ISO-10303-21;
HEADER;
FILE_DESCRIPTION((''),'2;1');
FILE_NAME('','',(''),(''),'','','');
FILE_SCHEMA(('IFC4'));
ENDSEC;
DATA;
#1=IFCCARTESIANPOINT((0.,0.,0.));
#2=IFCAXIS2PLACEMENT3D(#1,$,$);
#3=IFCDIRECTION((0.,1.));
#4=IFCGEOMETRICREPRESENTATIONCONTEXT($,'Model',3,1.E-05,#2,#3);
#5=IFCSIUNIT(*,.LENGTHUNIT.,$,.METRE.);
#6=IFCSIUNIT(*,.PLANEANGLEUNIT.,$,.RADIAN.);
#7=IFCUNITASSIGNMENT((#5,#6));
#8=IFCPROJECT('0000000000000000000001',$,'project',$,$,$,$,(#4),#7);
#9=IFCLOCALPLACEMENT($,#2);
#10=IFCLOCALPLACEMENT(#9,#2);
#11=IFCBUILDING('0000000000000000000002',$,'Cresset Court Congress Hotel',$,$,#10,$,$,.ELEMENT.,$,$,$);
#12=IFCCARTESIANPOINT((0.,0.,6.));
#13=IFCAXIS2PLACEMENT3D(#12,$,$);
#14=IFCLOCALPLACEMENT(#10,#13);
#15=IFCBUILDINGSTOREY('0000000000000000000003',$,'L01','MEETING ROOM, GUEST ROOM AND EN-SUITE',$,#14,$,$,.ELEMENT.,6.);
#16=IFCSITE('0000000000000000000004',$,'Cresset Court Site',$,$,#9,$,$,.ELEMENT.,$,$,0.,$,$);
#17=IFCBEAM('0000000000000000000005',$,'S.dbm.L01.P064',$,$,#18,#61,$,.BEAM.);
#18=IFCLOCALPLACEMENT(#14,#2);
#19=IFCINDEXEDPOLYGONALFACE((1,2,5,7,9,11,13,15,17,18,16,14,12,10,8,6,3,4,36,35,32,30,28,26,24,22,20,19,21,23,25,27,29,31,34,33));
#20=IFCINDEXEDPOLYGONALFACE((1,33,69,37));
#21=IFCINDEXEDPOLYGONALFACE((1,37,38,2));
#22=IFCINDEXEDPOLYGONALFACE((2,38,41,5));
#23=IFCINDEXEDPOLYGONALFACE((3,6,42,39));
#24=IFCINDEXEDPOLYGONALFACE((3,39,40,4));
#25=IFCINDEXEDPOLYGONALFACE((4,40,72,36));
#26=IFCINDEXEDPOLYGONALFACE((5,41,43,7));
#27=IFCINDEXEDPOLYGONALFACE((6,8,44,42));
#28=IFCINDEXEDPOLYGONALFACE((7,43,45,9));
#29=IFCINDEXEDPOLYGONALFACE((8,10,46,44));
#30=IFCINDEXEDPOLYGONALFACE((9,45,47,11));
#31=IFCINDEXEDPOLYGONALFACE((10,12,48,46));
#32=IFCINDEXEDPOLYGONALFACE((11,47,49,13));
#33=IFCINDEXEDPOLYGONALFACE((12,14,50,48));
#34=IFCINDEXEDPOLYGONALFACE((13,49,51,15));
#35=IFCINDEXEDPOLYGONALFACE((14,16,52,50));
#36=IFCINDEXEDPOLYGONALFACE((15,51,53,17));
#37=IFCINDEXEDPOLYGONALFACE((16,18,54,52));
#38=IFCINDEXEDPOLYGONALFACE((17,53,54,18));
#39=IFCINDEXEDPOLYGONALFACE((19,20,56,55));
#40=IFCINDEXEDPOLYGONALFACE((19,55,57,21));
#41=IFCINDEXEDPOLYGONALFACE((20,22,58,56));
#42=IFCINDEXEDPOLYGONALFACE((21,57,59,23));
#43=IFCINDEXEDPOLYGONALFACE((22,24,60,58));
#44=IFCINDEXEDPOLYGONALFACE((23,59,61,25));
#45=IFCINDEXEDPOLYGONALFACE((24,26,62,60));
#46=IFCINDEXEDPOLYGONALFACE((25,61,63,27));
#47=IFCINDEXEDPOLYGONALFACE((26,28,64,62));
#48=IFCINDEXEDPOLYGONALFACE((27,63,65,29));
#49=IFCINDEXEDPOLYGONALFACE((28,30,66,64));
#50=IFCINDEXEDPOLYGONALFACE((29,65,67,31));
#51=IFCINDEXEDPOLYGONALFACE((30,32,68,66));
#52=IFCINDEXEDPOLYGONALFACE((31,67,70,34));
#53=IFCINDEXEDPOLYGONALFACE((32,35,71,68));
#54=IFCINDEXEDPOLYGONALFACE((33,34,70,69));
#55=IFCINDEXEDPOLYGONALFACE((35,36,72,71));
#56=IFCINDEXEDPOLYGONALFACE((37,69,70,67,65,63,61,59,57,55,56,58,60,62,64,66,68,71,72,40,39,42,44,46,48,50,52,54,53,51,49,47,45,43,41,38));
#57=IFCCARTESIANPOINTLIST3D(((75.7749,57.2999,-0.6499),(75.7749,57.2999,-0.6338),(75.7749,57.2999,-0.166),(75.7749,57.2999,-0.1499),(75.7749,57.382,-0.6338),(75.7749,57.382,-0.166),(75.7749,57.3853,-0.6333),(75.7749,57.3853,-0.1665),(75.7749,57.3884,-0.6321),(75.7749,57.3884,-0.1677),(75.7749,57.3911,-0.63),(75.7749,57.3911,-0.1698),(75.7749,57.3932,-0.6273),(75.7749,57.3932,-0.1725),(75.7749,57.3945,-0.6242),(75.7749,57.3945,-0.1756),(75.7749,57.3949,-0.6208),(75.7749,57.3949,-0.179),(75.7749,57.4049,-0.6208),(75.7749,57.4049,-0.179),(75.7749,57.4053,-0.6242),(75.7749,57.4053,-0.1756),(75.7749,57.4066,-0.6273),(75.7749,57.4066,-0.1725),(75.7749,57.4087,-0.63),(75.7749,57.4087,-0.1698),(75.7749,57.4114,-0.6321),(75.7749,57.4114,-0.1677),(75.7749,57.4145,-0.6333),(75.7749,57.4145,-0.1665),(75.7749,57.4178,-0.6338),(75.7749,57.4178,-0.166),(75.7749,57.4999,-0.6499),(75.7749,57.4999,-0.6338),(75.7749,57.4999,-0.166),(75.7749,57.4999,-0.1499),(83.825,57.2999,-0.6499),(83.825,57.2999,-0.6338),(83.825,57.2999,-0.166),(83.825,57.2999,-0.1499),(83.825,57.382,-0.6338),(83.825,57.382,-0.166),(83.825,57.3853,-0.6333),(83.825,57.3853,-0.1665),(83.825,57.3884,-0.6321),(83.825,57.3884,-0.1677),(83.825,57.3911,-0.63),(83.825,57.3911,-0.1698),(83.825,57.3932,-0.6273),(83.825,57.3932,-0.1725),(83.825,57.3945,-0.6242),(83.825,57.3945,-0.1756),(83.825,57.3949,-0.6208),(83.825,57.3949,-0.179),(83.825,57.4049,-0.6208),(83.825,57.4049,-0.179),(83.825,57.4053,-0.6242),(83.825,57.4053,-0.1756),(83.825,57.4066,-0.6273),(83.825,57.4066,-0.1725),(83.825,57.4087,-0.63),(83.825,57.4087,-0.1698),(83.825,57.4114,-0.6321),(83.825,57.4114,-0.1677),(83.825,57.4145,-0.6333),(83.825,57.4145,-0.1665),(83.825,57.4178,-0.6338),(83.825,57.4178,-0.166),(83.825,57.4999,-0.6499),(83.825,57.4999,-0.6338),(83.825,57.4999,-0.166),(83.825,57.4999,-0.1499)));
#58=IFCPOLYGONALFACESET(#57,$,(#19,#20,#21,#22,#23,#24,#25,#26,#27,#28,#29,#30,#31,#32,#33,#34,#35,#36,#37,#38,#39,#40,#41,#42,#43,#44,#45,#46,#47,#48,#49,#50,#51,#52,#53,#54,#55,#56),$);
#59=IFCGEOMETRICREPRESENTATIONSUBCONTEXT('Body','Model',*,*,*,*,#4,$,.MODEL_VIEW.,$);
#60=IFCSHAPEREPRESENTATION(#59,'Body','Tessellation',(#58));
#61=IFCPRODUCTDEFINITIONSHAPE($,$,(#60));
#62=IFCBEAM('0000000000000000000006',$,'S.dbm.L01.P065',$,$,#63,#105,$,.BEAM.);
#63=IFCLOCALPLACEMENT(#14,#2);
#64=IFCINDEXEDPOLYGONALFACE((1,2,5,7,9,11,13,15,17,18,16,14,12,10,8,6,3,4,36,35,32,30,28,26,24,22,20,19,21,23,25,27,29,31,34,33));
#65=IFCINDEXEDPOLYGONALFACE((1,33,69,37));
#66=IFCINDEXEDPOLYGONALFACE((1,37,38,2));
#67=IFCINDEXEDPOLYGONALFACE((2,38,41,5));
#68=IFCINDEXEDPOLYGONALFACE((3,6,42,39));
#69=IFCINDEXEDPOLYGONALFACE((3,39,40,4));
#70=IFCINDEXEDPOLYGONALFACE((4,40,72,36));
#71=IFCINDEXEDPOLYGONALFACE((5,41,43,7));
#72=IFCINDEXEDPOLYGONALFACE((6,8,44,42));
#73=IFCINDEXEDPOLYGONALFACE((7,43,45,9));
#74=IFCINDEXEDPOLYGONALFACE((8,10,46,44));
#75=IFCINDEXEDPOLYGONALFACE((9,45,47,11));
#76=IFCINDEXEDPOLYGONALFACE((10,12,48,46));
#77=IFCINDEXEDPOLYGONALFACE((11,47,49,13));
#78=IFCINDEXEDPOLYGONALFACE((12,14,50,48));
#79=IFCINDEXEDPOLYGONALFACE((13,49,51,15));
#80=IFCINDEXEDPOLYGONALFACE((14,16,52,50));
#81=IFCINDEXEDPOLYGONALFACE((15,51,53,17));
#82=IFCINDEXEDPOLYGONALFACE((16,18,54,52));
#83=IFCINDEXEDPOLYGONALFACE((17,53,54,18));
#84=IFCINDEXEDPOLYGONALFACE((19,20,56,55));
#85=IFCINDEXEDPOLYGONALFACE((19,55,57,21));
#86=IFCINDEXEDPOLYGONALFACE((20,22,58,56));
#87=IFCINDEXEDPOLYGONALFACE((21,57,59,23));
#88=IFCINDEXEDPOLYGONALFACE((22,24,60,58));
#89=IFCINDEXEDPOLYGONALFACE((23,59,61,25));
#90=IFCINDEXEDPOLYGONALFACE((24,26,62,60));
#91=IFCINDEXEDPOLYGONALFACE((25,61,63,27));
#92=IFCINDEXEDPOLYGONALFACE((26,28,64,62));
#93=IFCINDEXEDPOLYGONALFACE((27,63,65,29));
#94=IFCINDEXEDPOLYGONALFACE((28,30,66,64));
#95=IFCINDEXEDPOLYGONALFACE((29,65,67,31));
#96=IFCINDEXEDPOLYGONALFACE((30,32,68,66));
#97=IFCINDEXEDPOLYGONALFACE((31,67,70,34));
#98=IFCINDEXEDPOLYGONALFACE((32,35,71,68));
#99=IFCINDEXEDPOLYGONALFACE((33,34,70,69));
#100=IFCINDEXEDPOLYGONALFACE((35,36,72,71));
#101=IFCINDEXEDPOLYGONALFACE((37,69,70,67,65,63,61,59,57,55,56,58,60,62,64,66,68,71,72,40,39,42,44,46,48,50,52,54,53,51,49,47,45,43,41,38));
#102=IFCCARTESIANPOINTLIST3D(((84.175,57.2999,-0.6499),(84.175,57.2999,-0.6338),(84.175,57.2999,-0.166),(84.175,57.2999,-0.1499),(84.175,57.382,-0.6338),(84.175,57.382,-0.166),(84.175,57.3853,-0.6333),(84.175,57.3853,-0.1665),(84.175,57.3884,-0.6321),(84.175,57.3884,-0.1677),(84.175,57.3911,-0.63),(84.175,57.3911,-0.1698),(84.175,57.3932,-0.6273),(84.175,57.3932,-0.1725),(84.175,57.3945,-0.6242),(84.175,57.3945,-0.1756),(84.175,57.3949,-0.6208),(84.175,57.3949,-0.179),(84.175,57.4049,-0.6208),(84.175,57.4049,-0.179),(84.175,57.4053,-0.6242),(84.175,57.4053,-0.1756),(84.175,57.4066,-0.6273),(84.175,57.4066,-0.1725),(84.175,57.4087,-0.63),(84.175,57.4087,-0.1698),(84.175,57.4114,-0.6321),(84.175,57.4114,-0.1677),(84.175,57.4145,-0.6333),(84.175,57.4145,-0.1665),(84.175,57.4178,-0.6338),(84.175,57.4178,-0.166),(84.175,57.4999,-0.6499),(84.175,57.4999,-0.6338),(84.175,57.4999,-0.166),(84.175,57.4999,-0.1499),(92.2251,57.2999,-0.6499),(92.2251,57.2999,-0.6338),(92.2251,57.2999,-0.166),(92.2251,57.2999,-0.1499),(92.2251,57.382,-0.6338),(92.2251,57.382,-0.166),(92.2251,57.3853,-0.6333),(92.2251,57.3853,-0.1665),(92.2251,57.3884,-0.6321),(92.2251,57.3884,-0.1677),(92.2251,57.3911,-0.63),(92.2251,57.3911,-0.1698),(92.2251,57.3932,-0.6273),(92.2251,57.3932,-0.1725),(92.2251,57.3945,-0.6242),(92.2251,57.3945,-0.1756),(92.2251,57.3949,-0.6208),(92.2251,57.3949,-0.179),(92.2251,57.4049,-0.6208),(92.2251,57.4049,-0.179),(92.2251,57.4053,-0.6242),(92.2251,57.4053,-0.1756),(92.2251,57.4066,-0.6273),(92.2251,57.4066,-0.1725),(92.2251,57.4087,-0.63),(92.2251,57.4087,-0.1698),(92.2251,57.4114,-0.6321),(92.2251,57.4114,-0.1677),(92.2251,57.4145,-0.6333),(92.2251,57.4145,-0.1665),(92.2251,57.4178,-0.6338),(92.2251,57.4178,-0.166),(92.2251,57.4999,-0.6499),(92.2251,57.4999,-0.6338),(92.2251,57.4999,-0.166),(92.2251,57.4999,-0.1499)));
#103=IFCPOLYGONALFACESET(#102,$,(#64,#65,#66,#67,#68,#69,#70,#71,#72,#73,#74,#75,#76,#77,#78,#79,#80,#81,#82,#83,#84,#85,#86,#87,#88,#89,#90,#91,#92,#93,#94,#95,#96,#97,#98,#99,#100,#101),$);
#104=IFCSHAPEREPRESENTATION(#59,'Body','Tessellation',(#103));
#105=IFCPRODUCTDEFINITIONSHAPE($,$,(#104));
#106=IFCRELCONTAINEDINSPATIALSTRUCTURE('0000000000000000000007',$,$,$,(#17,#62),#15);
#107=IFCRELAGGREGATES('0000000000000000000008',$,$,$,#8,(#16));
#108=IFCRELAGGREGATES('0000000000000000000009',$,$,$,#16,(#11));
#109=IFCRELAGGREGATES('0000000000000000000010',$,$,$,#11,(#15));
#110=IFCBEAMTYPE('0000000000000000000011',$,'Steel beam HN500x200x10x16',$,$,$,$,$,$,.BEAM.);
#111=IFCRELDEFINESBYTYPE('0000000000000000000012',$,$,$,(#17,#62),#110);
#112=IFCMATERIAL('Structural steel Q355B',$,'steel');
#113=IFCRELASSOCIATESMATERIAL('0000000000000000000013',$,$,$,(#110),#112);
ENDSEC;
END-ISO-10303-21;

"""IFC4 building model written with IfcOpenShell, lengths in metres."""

from ifc_helpers import new_model, si_unit, direction, frame, origin, origin_2d, place, context, subcontext, project, spatial, i_section, extrude, material, material_profile, profile_set, type_object, element, save


model = new_model("IFC4")

# Units and contexts
model_context = context("Model", 3, precision=1e-05, world=origin(), true_north=direction((0.0, 1.0)))
body_context = subcontext(model_context, "Body", "Model", "MODEL_VIEW")
ifc_project = project(units=[si_unit("LENGTHUNIT", "METRE"), si_unit("PLANEANGLEUNIT", "RADIAN")], contexts=[model_context])

# Site, building, storey
site_placement = place(None, origin())
site = spatial("IfcSite", under=ifc_project, at=site_placement, Name="Cresset Court Site", CompositionType="ELEMENT", RefElevation=0.0)
building_placement = place(site_placement, origin())
building = spatial("IfcBuilding", under=site, at=building_placement, Name="Cresset Court Congress Hotel", CompositionType="ELEMENT")
storey_placement = place(building_placement, frame((0.0, 0.0, 6.0)))
storey = spatial("IfcBuildingStorey", under=building, at=storey_placement, Name="L01", Description="MEETING ROOM, GUEST ROOM AND EN-SUITE", CompositionType="ELEMENT", Elevation=6.0)

# Beams
ifc_material_1 = material(Name="Structural steel Q355B", Category="steel")
ifc_material_profile_1 = material_profile(ifc_material_1, i_section(OverallWidth=0.2, OverallDepth=0.5, WebThickness=0.01, FlangeThickness=0.0161, FilletRadius=0.0129, at=origin_2d()), Name="HN500x200x10x16")
ifc_profile_set_1 = profile_set([ifc_material_profile_1], Name="Structural steel Q355B")
beam_type_1 = type_object("IfcBeamType", Name="Steel beam HN500x200x10x16", PredefinedType="BEAM", material=ifc_profile_set_1)
for number, where, z_axis, x_axis, name in (
    (1, (75.7749, 57.3999, -0.3999), (1.0, 0.0, 0.0), (0.0, 1.0, 0.0), "S.dbm.L01.P064"),
    (2, (84.175, 57.3999, -0.3999), (1.0, 0.0, 0.0), (0.0, 1.0, 0.0), "S.dbm.L01.P065"),
):
    element("IfcBeam", number, at=place(storey_placement, frame(where, z_axis=z_axis, x_axis=x_axis)), inside=storey, type_object=beam_type_1, Name=name, PredefinedType="BEAM", context=body_context, shape_type="SweptSolid", body=[
        extrude(i_section(OverallWidth=0.2, OverallDepth=0.5, WebThickness=0.01, FlangeThickness=0.0161, FilletRadius=0.0129, at=origin_2d()), origin(), (0.0, 0.0, 1.0), 8.05),
    ])

save(model, "model.ifc")
